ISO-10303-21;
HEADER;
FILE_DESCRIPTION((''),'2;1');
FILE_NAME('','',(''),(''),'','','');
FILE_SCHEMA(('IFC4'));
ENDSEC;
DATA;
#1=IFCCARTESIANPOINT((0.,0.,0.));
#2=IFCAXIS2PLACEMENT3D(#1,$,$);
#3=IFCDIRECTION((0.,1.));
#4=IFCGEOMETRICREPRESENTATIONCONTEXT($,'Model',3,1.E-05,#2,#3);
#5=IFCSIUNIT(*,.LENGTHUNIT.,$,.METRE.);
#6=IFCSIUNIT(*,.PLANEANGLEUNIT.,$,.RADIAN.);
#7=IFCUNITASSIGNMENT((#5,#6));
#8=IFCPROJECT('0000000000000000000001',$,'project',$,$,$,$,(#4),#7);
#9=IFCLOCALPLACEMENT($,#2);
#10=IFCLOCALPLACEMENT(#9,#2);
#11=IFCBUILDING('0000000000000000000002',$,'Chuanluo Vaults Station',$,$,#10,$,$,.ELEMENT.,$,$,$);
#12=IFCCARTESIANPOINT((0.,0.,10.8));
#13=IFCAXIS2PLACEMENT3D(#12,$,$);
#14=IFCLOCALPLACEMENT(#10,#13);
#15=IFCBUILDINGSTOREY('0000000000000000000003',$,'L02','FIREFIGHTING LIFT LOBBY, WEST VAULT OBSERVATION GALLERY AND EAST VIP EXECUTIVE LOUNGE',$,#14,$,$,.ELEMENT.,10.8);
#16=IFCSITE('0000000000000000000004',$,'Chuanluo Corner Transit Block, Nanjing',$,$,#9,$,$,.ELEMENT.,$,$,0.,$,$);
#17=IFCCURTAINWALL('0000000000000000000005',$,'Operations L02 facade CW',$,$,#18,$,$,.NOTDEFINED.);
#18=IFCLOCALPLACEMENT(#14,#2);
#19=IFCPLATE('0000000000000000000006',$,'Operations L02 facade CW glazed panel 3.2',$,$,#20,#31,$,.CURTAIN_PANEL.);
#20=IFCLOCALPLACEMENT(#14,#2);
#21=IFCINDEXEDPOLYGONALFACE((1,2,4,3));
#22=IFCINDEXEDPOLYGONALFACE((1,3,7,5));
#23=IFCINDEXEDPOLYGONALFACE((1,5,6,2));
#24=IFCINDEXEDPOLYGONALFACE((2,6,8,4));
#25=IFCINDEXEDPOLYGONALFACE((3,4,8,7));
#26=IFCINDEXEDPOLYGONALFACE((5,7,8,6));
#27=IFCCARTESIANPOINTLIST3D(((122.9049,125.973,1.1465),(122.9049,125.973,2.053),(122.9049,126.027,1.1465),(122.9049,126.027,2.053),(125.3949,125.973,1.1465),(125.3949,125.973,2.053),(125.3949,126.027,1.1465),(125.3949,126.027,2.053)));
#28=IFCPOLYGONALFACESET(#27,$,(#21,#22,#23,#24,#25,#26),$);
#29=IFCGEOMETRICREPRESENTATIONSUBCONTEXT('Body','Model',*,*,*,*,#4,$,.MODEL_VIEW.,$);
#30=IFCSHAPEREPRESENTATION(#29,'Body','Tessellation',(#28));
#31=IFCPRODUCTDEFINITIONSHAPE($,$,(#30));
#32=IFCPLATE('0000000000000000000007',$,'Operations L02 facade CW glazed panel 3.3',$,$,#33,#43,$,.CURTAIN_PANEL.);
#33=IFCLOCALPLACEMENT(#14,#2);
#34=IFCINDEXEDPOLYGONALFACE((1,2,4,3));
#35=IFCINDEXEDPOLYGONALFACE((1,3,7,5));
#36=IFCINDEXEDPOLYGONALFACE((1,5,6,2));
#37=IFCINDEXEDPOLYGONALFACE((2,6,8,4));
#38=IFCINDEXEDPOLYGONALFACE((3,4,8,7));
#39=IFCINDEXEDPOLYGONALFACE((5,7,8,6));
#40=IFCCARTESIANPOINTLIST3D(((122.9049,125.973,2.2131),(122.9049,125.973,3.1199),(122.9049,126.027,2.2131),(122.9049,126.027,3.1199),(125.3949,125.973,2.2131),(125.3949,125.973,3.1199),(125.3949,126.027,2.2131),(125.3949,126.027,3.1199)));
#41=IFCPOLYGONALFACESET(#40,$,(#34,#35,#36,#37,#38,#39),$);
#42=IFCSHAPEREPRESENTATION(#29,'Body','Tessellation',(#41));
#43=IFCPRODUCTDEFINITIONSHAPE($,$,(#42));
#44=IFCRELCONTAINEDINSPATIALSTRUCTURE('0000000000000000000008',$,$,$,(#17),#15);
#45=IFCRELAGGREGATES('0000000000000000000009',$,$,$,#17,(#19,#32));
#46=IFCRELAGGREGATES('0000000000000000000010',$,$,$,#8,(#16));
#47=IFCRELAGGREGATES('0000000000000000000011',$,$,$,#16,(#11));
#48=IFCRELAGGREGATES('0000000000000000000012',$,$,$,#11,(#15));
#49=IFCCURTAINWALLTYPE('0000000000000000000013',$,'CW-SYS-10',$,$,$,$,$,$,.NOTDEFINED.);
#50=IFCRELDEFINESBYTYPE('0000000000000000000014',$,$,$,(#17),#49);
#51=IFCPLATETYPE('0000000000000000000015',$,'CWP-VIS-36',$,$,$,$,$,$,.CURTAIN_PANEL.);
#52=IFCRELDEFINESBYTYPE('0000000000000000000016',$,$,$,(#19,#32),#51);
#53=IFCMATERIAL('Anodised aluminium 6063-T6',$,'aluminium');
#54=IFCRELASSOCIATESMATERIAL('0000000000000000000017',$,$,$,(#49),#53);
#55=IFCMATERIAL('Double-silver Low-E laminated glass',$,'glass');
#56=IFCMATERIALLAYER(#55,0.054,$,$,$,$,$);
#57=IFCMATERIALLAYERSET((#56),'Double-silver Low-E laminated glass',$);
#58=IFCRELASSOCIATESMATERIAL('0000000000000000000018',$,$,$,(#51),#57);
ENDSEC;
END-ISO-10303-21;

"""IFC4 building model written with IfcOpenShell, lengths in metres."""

from ifc_helpers import new_model, si_unit, direction, frame, origin, origin_2d, place, context, subcontext, project, spatial, rectangle, extrude, material, layer, layer_set, type_object, element, aggregate, save


model = new_model("IFC4")

# Units and contexts
model_context = context("Model", 3, precision=1e-05, world=origin(), true_north=direction((0.0, 1.0)))
body_context = subcontext(model_context, "Body", "Model", "MODEL_VIEW")
ifc_project = project(units=[si_unit("LENGTHUNIT", "METRE"), si_unit("PLANEANGLEUNIT", "RADIAN")], contexts=[model_context])

# Site, building, storey
site_placement = place(None, origin())
site = spatial("IfcSite", under=ifc_project, at=site_placement, Name="Chuanluo Corner Transit Block, Nanjing", CompositionType="ELEMENT", RefElevation=0.0)
building_placement = place(site_placement, origin())
building = spatial("IfcBuilding", under=site, at=building_placement, Name="Chuanluo Vaults Station", CompositionType="ELEMENT")
storey_placement = place(building_placement, frame((0.0, 0.0, 10.8)))
storey = spatial("IfcBuildingStorey", under=building, at=storey_placement, Name="L02", Description="FIREFIGHTING LIFT LOBBY, WEST VAULT OBSERVATION GALLERY AND EAST VIP EXECUTIVE LOUNGE", CompositionType="ELEMENT", Elevation=10.8)

# Curtain wall
ifc_material_1 = material(Name="Anodised aluminium 6063-T6", Category="aluminium")
curtain_wall_type_1 = type_object("IfcCurtainWallType", Name="CW-SYS-10", PredefinedType="NOTDEFINED", material=ifc_material_1)
curtain_wall_1_placement = place(storey_placement, origin())
curtain_wall_1 = element("IfcCurtainWall", 1, at=curtain_wall_1_placement, inside=storey, type_object=curtain_wall_type_1, Name="Operations L02 facade CW", PredefinedType="NOTDEFINED")

# Plates
ifc_material_2 = material(Name="Double-silver Low-E laminated glass", Category="glass")
ifc_layer_1 = layer(ifc_material_2, 0.054)
ifc_layer_set_1 = layer_set([ifc_layer_1], Name="Double-silver Low-E laminated glass")
plate_type_1 = type_object("IfcPlateType", Name="CWP-VIS-36", PredefinedType="CURTAIN_PANEL", material=ifc_layer_set_1)
plate_1_placement = place(storey_placement, frame((124.1499, 126.0, 1.1465), z_axis=(0.0, 0.0, 1.0), x_axis=(1.0, 0.0, 0.0)))
plate_1 = element("IfcPlate", 2, at=plate_1_placement, type_object=plate_type_1, Name="Operations L02 facade CW glazed panel 3.2", PredefinedType="CURTAIN_PANEL", context=body_context, shape_type="SweptSolid", body=[
    extrude(rectangle(XDim=2.49, YDim=0.054, at=origin_2d()), origin(), (0.0, 0.0, 1.0), 0.9065),
])
plate_2_placement = place(storey_placement, frame((124.1499, 126.0, 2.2131), z_axis=(0.0, 0.0, 1.0), x_axis=(1.0, 0.0, 0.0)))
plate_2 = element("IfcPlate", 3, at=plate_2_placement, type_object=plate_type_1, Name="Operations L02 facade CW glazed panel 3.3", PredefinedType="CURTAIN_PANEL", context=body_context, shape_type="SweptSolid", body=[
    extrude(rectangle(XDim=2.49, YDim=0.054, at=origin_2d()), origin(), (0.0, 0.0, 1.0), 0.9067),
])
aggregate(curtain_wall_1, [plate_1, plate_2])

save(model, "model.ifc")
